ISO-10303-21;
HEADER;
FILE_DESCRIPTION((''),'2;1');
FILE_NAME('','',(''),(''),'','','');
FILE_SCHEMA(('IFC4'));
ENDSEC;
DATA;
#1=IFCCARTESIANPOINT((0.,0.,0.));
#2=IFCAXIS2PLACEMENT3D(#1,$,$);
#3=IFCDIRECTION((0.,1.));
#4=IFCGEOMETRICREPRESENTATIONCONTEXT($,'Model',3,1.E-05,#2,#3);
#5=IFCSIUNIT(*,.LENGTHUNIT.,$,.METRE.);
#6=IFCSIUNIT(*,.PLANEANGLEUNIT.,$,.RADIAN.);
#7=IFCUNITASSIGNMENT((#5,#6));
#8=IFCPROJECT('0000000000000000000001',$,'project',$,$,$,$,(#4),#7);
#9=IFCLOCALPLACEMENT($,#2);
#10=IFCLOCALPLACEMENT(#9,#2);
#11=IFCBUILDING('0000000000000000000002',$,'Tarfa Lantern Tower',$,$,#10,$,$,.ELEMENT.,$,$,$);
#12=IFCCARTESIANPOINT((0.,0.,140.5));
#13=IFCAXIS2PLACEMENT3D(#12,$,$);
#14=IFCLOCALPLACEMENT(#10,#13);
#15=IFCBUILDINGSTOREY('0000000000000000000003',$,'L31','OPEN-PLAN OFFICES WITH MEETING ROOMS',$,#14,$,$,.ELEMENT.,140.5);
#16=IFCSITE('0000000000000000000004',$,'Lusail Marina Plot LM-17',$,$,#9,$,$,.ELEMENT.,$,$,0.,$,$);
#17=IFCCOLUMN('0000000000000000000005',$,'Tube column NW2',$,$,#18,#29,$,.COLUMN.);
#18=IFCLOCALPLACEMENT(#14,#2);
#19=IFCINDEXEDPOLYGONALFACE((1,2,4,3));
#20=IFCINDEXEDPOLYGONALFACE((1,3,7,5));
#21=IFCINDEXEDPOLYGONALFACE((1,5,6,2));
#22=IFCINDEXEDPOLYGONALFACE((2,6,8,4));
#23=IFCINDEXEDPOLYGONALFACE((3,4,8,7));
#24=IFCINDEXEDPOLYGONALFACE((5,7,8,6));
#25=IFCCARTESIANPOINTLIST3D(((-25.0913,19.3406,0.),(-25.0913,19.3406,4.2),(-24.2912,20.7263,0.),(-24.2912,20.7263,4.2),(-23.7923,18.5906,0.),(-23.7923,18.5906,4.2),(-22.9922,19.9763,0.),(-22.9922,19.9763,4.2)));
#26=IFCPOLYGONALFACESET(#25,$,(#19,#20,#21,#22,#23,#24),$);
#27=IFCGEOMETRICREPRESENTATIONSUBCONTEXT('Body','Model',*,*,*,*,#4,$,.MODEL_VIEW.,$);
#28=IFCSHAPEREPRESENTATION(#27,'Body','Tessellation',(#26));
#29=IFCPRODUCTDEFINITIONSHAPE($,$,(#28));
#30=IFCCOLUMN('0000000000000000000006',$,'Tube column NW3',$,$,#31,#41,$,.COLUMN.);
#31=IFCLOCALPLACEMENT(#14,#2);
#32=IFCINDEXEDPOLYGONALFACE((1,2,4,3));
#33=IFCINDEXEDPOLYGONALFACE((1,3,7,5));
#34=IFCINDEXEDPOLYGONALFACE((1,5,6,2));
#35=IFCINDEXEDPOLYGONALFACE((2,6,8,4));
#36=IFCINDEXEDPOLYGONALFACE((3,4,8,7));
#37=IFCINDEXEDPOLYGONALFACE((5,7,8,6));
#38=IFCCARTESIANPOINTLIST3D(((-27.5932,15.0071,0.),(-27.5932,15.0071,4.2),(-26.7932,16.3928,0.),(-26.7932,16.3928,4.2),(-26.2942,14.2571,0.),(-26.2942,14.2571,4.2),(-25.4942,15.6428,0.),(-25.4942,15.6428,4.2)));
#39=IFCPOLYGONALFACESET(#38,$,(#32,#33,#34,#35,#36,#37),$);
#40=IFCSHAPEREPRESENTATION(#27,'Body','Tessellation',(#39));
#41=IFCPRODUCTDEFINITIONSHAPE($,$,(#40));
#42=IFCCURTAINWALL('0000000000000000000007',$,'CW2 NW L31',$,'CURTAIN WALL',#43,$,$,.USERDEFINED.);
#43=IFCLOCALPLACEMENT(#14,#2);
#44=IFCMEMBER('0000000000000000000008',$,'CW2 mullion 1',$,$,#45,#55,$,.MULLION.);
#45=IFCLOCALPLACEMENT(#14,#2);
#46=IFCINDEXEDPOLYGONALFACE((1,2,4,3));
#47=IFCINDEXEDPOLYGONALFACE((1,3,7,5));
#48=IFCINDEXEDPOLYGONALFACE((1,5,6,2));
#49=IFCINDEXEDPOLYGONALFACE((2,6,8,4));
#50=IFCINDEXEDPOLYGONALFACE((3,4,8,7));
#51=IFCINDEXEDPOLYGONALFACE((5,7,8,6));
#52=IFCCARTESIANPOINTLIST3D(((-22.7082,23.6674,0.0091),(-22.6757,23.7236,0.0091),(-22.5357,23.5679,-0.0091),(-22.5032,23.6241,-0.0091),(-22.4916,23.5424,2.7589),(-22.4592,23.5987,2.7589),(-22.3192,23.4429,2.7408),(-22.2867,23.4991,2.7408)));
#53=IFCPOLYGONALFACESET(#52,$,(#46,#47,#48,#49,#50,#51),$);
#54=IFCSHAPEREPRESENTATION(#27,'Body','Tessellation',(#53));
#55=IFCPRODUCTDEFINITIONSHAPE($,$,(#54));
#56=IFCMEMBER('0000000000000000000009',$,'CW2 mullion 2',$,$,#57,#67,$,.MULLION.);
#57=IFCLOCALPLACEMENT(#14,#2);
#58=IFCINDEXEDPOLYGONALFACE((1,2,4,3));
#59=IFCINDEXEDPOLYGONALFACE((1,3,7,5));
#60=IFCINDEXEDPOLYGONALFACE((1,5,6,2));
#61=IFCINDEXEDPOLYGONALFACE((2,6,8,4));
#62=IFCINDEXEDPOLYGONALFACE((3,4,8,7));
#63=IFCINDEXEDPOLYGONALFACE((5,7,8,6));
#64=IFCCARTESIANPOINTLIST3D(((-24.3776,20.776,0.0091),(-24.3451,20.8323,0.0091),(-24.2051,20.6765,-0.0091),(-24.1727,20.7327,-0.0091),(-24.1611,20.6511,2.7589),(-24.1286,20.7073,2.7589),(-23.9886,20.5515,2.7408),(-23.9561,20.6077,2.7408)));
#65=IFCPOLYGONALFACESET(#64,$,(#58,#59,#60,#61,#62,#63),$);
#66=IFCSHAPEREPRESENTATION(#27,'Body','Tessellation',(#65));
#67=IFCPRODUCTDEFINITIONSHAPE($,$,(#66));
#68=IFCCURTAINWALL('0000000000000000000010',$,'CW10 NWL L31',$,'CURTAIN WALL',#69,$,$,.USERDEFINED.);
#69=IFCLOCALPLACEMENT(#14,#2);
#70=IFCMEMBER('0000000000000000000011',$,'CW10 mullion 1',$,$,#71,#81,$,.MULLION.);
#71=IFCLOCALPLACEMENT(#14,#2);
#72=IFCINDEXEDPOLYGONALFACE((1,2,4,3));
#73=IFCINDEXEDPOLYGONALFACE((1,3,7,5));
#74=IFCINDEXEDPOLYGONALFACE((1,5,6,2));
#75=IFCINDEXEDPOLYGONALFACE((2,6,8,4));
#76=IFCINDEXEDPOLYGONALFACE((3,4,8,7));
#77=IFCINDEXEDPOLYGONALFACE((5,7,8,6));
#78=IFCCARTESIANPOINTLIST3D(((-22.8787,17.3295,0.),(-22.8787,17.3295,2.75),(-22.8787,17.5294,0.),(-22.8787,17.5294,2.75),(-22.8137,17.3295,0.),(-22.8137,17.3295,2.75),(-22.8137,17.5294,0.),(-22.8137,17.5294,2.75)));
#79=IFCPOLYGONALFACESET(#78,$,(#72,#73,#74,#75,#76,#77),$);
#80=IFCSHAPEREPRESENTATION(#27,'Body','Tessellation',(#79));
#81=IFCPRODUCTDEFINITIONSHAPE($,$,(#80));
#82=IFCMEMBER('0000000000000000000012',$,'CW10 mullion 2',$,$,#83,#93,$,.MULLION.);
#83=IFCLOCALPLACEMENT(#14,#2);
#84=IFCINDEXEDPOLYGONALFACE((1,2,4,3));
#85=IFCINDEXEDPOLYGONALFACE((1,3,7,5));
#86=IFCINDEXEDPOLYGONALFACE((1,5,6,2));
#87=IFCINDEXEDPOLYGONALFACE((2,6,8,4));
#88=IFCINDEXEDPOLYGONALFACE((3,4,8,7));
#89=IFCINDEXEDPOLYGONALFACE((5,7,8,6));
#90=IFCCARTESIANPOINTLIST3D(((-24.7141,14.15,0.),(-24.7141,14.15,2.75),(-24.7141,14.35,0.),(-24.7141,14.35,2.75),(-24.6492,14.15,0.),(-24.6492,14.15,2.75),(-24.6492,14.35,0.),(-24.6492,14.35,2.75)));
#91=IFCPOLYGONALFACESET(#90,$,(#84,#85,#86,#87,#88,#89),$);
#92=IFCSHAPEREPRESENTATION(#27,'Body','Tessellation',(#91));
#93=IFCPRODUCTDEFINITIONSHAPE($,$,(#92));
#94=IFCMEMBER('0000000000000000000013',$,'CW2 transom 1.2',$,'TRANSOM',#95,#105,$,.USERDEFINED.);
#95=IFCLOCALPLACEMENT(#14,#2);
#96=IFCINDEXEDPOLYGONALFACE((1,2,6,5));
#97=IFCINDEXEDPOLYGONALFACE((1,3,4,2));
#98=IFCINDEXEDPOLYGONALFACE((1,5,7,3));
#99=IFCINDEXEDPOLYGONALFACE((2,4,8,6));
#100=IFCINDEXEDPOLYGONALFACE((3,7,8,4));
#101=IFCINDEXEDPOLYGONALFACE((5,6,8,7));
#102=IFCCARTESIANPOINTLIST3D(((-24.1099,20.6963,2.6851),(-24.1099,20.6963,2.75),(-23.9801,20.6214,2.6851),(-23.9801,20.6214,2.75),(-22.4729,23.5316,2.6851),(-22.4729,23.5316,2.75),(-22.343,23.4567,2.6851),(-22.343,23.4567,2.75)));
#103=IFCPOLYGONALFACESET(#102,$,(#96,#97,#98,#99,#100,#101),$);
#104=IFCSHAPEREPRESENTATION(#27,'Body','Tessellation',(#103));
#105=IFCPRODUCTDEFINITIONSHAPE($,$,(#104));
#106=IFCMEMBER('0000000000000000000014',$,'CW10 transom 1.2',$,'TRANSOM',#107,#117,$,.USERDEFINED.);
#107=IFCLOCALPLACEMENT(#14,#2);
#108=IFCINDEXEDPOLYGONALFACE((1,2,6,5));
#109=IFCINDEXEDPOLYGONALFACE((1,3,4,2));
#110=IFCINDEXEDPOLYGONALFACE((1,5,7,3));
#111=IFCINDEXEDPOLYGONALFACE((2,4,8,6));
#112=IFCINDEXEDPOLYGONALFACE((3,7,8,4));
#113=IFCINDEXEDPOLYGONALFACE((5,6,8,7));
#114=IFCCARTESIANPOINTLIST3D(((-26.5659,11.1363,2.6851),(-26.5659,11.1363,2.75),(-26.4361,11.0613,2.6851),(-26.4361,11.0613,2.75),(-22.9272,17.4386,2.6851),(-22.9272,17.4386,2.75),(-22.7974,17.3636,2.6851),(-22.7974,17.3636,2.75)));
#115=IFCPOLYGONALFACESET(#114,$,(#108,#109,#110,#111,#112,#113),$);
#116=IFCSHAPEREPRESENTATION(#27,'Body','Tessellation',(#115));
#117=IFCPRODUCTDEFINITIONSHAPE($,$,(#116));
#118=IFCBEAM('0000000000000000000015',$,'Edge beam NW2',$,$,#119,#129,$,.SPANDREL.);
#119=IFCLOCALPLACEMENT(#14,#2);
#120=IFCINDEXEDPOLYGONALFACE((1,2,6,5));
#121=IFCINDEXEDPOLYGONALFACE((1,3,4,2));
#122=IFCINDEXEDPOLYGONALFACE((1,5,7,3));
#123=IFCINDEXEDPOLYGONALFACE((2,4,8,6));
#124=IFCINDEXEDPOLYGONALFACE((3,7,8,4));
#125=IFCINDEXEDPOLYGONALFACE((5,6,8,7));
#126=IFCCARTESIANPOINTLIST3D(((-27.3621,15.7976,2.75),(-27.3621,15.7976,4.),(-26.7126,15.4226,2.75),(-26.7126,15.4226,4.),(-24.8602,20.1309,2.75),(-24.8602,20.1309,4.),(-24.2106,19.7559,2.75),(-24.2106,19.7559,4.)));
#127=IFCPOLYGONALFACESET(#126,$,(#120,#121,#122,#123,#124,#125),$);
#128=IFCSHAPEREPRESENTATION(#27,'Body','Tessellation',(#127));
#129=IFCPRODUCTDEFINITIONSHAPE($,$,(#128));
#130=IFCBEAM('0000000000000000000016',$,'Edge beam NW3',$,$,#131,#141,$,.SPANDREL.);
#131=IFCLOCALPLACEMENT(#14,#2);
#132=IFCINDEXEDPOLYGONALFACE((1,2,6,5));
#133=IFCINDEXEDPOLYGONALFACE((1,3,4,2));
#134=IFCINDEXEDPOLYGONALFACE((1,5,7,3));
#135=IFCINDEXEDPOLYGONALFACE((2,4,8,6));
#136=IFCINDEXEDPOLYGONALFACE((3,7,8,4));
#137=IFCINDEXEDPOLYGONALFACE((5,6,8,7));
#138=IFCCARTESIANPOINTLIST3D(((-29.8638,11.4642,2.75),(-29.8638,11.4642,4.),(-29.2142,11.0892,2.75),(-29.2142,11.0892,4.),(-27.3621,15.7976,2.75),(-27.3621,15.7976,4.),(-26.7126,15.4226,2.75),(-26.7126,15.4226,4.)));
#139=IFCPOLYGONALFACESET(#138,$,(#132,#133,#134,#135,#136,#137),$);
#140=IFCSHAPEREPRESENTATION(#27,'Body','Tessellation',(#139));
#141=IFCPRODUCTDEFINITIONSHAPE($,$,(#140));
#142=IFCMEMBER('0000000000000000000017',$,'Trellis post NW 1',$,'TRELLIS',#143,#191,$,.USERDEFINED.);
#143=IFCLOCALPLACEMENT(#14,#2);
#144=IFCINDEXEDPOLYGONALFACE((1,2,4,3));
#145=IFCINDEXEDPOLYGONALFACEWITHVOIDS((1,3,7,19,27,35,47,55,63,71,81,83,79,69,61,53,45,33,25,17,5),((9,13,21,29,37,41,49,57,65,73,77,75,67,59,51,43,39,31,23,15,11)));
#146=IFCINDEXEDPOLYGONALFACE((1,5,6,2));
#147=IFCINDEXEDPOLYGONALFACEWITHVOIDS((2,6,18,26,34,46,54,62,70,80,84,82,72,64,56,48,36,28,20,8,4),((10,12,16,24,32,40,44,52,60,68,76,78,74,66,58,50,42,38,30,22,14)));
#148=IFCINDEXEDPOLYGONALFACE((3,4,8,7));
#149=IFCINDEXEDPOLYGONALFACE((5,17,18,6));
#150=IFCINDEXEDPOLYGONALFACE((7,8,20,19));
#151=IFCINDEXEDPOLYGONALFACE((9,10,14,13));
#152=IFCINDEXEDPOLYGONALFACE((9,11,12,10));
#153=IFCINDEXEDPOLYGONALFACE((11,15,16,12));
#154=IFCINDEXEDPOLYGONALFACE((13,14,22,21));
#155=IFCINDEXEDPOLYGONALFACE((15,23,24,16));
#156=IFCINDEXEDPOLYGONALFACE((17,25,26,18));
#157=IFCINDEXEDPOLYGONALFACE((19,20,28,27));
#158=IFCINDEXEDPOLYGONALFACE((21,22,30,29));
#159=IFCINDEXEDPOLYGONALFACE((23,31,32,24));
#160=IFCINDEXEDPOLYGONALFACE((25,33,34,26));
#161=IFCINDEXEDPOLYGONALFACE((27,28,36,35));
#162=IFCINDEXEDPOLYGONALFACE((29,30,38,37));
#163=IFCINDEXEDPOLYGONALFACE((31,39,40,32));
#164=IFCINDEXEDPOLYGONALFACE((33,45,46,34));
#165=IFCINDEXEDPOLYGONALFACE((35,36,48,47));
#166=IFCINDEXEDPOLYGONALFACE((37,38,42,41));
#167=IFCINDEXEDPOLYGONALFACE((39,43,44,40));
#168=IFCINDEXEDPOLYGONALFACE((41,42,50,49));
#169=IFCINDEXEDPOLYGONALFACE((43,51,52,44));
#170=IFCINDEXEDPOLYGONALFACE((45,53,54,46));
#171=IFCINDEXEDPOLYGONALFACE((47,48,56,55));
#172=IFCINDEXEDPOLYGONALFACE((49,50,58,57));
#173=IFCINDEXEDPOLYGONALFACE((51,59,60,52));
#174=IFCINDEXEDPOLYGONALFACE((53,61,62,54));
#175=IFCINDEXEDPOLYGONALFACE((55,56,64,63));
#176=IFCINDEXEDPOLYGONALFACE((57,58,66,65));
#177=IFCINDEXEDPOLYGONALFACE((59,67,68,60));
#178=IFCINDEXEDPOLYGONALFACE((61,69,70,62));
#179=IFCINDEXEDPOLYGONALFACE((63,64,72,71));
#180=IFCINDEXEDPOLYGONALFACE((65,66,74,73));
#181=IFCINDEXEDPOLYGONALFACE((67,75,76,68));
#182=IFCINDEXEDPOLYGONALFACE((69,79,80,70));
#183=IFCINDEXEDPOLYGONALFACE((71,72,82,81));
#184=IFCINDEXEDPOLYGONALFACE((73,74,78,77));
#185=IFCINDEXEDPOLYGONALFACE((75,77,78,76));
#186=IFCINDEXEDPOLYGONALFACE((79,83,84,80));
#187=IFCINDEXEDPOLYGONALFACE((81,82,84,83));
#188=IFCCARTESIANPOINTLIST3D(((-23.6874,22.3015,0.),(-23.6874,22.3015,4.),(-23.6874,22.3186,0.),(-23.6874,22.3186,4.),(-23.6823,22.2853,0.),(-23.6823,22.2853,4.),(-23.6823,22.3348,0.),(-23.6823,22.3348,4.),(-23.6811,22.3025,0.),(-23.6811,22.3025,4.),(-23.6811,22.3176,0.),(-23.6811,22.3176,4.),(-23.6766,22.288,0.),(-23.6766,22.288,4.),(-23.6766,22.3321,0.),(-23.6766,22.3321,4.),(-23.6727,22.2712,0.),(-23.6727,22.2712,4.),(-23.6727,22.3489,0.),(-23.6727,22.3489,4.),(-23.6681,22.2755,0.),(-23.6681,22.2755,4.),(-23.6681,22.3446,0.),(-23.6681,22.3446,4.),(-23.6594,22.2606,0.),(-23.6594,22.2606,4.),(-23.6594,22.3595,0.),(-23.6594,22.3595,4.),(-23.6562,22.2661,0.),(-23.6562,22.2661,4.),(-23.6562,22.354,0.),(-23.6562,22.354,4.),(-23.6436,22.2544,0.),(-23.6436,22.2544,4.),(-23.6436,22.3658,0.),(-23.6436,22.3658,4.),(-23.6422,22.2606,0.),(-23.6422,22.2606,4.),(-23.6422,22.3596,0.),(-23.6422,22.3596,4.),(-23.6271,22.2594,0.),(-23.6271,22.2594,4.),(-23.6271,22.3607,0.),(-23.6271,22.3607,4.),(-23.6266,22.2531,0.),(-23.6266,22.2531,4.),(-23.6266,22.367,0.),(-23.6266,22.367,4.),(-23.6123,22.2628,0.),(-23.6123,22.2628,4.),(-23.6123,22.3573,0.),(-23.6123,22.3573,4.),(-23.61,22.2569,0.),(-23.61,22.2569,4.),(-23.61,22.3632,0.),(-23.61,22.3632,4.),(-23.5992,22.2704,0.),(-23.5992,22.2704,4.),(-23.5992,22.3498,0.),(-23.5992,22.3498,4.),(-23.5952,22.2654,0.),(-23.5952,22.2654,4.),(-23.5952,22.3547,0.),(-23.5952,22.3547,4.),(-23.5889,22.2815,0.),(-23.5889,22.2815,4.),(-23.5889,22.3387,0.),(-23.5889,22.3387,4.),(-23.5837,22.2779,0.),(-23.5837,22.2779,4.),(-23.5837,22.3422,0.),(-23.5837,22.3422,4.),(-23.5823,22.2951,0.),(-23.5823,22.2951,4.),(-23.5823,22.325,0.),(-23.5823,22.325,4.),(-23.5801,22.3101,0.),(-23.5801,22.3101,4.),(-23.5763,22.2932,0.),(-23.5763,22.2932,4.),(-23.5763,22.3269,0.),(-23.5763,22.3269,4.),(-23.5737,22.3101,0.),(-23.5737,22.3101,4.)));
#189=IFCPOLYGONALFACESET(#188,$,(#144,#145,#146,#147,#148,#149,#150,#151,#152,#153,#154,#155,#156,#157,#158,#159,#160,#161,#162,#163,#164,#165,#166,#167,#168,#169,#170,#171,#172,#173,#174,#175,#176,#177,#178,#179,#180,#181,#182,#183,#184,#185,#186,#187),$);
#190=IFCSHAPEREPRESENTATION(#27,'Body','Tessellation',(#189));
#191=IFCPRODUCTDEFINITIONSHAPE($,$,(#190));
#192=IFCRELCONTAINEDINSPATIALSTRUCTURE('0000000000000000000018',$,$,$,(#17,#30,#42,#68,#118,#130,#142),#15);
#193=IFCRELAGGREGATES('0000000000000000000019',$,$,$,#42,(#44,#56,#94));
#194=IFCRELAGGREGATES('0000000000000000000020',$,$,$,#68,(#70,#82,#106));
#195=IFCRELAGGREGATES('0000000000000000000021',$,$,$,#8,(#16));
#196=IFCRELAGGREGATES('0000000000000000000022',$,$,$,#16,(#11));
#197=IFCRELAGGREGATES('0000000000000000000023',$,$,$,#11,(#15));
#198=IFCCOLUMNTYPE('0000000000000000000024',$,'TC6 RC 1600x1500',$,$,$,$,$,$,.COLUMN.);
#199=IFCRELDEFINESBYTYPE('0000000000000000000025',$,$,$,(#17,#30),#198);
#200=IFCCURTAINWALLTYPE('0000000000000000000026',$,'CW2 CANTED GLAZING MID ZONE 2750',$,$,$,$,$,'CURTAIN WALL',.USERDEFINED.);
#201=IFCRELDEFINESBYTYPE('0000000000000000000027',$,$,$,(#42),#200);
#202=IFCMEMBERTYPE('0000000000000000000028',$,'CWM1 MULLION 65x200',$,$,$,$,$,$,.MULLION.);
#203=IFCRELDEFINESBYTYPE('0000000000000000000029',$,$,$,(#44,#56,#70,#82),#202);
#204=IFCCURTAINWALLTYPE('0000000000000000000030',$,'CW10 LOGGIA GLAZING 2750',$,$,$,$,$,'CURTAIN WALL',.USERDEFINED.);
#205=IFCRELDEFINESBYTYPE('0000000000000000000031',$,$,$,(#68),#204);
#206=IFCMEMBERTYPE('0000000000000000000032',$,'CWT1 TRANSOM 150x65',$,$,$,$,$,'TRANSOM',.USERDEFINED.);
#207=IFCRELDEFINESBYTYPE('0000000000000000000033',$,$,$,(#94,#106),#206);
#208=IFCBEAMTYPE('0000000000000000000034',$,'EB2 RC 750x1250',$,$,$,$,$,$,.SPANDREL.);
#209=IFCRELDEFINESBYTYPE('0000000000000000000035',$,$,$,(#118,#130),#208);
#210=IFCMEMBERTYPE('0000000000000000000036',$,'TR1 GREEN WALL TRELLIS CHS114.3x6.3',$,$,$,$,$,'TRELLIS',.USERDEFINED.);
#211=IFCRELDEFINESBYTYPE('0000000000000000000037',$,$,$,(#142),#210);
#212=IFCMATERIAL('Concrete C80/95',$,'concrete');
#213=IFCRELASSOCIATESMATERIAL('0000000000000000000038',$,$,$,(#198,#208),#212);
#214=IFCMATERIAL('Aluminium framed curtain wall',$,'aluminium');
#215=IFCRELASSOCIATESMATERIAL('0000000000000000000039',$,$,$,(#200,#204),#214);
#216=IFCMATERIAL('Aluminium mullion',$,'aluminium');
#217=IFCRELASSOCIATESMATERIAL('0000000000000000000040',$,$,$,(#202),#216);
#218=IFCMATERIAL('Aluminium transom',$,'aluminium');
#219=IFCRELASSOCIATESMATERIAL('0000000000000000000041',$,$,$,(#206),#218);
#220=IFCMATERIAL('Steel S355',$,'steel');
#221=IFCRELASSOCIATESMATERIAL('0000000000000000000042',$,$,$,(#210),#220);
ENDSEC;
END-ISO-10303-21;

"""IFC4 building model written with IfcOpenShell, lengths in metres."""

from ifc_helpers import new_model, si_unit, direction, frame, origin, origin_2d, place, context, subcontext, project, spatial, rectangle, hollow_circle, extrude, material, material_profile, profile_set, type_object, element, aggregate, save


model = new_model("IFC4")

# Units and contexts
model_context = context("Model", 3, precision=1e-05, world=origin(), true_north=direction((0.0, 1.0)))
body_context = subcontext(model_context, "Body", "Model", "MODEL_VIEW")
ifc_project = project(units=[si_unit("LENGTHUNIT", "METRE"), si_unit("PLANEANGLEUNIT", "RADIAN")], contexts=[model_context])

# Site, building, storey
site_placement = place(None, origin())
site = spatial("IfcSite", under=ifc_project, at=site_placement, Name="Lusail Marina Plot LM-17", CompositionType="ELEMENT", RefElevation=0.0)
building_placement = place(site_placement, origin())
building = spatial("IfcBuilding", under=site, at=building_placement, Name="Tarfa Lantern Tower", CompositionType="ELEMENT")
storey_placement = place(building_placement, frame((0.0, 0.0, 140.5)))
storey = spatial("IfcBuildingStorey", under=building, at=storey_placement, Name="L31", Description="OPEN-PLAN OFFICES WITH MEETING ROOMS", CompositionType="ELEMENT", Elevation=140.5)

# Columns
ifc_material_1 = material(Name="Concrete C80/95", Category="concrete")
ifc_material_profile_1 = material_profile(ifc_material_1, rectangle(XDim=1.6001, YDim=1.5, at=origin_2d()), Name="RC 1600x1500")
ifc_profile_set_1 = profile_set([ifc_material_profile_1], Name="Concrete C80/95")
column_type = type_object("IfcColumnType", Name="TC6 RC 1600x1500", PredefinedType="COLUMN", material=ifc_profile_set_1)
for number, where, z_axis, x_axis, name in (
    (1, (-24.0417, 19.6584, 0.0), (0.0, 0.0, 1.0), (-0.5, -0.866025, 0.0), "Tube column NW2"),
    (2, (-26.5437, 15.325, 0.0), (0.0, 0.0, 1.0), (-0.5, -0.866025, 0.0), "Tube column NW3"),
):
    element("IfcColumn", number, at=place(storey_placement, frame(where, z_axis=z_axis, x_axis=x_axis)), inside=storey, type_object=column_type, Name=name, PredefinedType="COLUMN", context=body_context, shape_type="SweptSolid", body=[
        extrude(rectangle(XDim=1.6001, YDim=1.5, at=origin_2d()), origin(), (0.0, 0.0, 1.0), 4.2),
    ])

# Curtain walls, members
ifc_material_2 = material(Name="Aluminium framed curtain wall", Category="aluminium")
curtain_wall_type_1 = type_object("IfcCurtainWallType", Name="CW2 CANTED GLAZING MID ZONE 2750", ElementType="CURTAIN WALL", PredefinedType="USERDEFINED", material=ifc_material_2)
curtain_wall_1_placement = place(storey_placement, origin())
curtain_wall_1 = element("IfcCurtainWall", 3, at=curtain_wall_1_placement, inside=storey, type_object=curtain_wall_type_1, Name="CW2 NW L31", ObjectType="CURTAIN WALL", PredefinedType="USERDEFINED")
ifc_material_3 = material(Name="Aluminium mullion", Category="aluminium")
ifc_material_profile_2 = material_profile(ifc_material_3, rectangle(XDim=0.0649, YDim=0.2, at=origin_2d()), Name="AL MULLION 65x200")
ifc_profile_set_2 = profile_set([ifc_material_profile_2], Name="Aluminium mullion")
member_type_1 = type_object("IfcMemberType", Name="CWM1 MULLION 65x200", PredefinedType="MULLION", material=ifc_profile_set_2)
member_1_placement = place(storey_placement, frame((-22.6057, 23.6458, 0.0), z_axis=(0.078423, -0.045268, 0.995892), x_axis=(0.49992, 0.866072, 0.0)))
member_1 = element("IfcMember", 4, at=member_1_placement, type_object=member_type_1, Name="CW2 mullion 1", PredefinedType="MULLION", context=body_context, shape_type="SweptSolid", body=[
    extrude(rectangle(XDim=0.0649, YDim=0.2, at=origin_2d()), origin(), (0.0, 0.0, 1.0), 2.7612),
])
member_2_placement = place(storey_placement, frame((-24.2751, 20.7544, 0.0), z_axis=(0.078423, -0.045268, 0.995892), x_axis=(0.49992, 0.866072, 0.0)))
member_2 = element("IfcMember", 5, at=member_2_placement, type_object=member_type_1, Name="CW2 mullion 2", PredefinedType="MULLION", context=body_context, shape_type="SweptSolid", body=[
    extrude(rectangle(XDim=0.0649, YDim=0.2, at=origin_2d()), origin(), (0.0, 0.0, 1.0), 2.7612),
])
curtain_wall_type_2 = type_object("IfcCurtainWallType", Name="CW10 LOGGIA GLAZING 2750", ElementType="CURTAIN WALL", PredefinedType="USERDEFINED", material=ifc_material_2)
curtain_wall_2_placement = place(storey_placement, origin())
curtain_wall_2 = element("IfcCurtainWall", 6, at=curtain_wall_2_placement, inside=storey, type_object=curtain_wall_type_2, Name="CW10 NWL L31", ObjectType="CURTAIN WALL", PredefinedType="USERDEFINED")
member_3_placement = place(storey_placement, frame((-22.8462, 17.4294, 0.0), z_axis=(0.0, 0.0, 1.0), x_axis=(1.0, 0.0, 0.0)))
member_3 = element("IfcMember", 7, at=member_3_placement, type_object=member_type_1, Name="CW10 mullion 1", PredefinedType="MULLION", context=body_context, shape_type="SweptSolid", body=[
    extrude(rectangle(XDim=0.0649, YDim=0.2, at=origin_2d()), origin(), (0.0, 0.0, 1.0), 2.75),
])
member_4_placement = place(storey_placement, frame((-24.6816, 14.25, 0.0), z_axis=(0.0, 0.0, 1.0), x_axis=(1.0, 0.0, 0.0)))
member_4 = element("IfcMember", 8, at=member_4_placement, type_object=member_type_1, Name="CW10 mullion 2", PredefinedType="MULLION", context=body_context, shape_type="SweptSolid", body=[
    extrude(rectangle(XDim=0.0649, YDim=0.2, at=origin_2d()), origin(), (0.0, 0.0, 1.0), 2.75),
])

# Members
ifc_material_4 = material(Name="Aluminium transom", Category="aluminium")
ifc_material_profile_3 = material_profile(ifc_material_4, rectangle(XDim=0.1499, YDim=0.0649, at=origin_2d()), Name="AL TRANSOM 150x65")
ifc_profile_set_3 = profile_set([ifc_material_profile_3], Name="Aluminium transom")
member_type_2 = type_object("IfcMemberType", Name="CWT1 TRANSOM 150x65", ElementType="TRANSOM", PredefinedType="USERDEFINED", material=ifc_profile_set_3)
member_5_placement = place(storey_placement, frame((-22.408, 23.4941, 2.7175), z_axis=(-0.500013, -0.866018, 0.0), x_axis=(0.866018, -0.500013, 0.0)))
member_5 = element("IfcMember", 9, at=member_5_placement, type_object=member_type_2, Name="CW2 transom 1.2", ObjectType="TRANSOM", PredefinedType="USERDEFINED", context=body_context, shape_type="SweptSolid", body=[
    extrude(rectangle(XDim=0.1499, YDim=0.0649, at=origin_2d()), origin(), (0.0, 0.0, 1.0), 3.2739),
])
member_6_placement = place(storey_placement, frame((-22.8623, 17.4011, 2.7175), z_axis=(-0.500007, -0.866021, 0.0), x_axis=(0.866021, -0.500007, 0.0)))
member_6 = element("IfcMember", 10, at=member_6_placement, type_object=member_type_2, Name="CW10 transom 1.2", ObjectType="TRANSOM", PredefinedType="USERDEFINED", context=body_context, shape_type="SweptSolid", body=[
    extrude(rectangle(XDim=0.1499, YDim=0.0649, at=origin_2d()), origin(), (0.0, 0.0, 1.0), 7.2773),
])

# Beams
ifc_material_profile_4 = material_profile(ifc_material_1, rectangle(XDim=0.75, YDim=1.25, at=origin_2d()), Name="RC 750x1250")
ifc_profile_set_4 = profile_set([ifc_material_profile_4], Name="Concrete C80/95")
beam_type_1 = type_object("IfcBeamType", Name="EB2 RC 750x1250", PredefinedType="SPANDREL", material=ifc_profile_set_4)
for number, where, z_axis, x_axis, name in (
    (11, (-24.5354, 19.9434, 3.375), (-0.500022, -0.866013, 0.0), (0.866013, -0.500022, 0.0), "Edge beam NW2"),
    (12, (-27.0374, 15.6101, 3.375), (-0.499965, -0.866046, 0.0), (0.866046, -0.499965, 0.0), "Edge beam NW3"),
):
    element("IfcBeam", number, at=place(storey_placement, frame(where, z_axis=z_axis, x_axis=x_axis)), inside=storey, type_object=beam_type_1, Name=name, PredefinedType="SPANDREL", context=body_context, shape_type="SweptSolid", body=[
        extrude(rectangle(XDim=0.75, YDim=1.25, at=origin_2d()), origin(), (0.0, 0.0, 1.0), 5.0037),
    ])

# Member
ifc_material_5 = material(Name="Steel S355", Category="steel")
ifc_material_profile_5 = material_profile(ifc_material_5, hollow_circle(Radius=0.0571, WallThickness=0.0063, at=origin_2d()), Name="CHS114.3x6.3")
ifc_profile_set_5 = profile_set([ifc_material_profile_5], Name="Steel S355")
member_type_3 = type_object("IfcMemberType", Name="TR1 GREEN WALL TRELLIS CHS114.3x6.3", ElementType="TRELLIS", PredefinedType="USERDEFINED", material=ifc_profile_set_5)
member_7_placement = place(storey_placement, frame((-23.6309, 22.3101, 0.0), z_axis=(0.0, 0.0, 1.0), x_axis=(1.0, 0.0, 0.0)))
element("IfcMember", 13, at=member_7_placement, inside=storey, type_object=member_type_3, Name="Trellis post NW 1", ObjectType="TRELLIS", PredefinedType="USERDEFINED", context=body_context, shape_type="SweptSolid", body=[
    extrude(hollow_circle(Radius=0.0571, WallThickness=0.0063, at=origin_2d()), origin(), (0.0, 0.0, 1.0), 4.0),
])

aggregate(curtain_wall_1, [member_1, member_2, member_5])
aggregate(curtain_wall_2, [member_3, member_4, member_6])

save(model, "model.ifc")
